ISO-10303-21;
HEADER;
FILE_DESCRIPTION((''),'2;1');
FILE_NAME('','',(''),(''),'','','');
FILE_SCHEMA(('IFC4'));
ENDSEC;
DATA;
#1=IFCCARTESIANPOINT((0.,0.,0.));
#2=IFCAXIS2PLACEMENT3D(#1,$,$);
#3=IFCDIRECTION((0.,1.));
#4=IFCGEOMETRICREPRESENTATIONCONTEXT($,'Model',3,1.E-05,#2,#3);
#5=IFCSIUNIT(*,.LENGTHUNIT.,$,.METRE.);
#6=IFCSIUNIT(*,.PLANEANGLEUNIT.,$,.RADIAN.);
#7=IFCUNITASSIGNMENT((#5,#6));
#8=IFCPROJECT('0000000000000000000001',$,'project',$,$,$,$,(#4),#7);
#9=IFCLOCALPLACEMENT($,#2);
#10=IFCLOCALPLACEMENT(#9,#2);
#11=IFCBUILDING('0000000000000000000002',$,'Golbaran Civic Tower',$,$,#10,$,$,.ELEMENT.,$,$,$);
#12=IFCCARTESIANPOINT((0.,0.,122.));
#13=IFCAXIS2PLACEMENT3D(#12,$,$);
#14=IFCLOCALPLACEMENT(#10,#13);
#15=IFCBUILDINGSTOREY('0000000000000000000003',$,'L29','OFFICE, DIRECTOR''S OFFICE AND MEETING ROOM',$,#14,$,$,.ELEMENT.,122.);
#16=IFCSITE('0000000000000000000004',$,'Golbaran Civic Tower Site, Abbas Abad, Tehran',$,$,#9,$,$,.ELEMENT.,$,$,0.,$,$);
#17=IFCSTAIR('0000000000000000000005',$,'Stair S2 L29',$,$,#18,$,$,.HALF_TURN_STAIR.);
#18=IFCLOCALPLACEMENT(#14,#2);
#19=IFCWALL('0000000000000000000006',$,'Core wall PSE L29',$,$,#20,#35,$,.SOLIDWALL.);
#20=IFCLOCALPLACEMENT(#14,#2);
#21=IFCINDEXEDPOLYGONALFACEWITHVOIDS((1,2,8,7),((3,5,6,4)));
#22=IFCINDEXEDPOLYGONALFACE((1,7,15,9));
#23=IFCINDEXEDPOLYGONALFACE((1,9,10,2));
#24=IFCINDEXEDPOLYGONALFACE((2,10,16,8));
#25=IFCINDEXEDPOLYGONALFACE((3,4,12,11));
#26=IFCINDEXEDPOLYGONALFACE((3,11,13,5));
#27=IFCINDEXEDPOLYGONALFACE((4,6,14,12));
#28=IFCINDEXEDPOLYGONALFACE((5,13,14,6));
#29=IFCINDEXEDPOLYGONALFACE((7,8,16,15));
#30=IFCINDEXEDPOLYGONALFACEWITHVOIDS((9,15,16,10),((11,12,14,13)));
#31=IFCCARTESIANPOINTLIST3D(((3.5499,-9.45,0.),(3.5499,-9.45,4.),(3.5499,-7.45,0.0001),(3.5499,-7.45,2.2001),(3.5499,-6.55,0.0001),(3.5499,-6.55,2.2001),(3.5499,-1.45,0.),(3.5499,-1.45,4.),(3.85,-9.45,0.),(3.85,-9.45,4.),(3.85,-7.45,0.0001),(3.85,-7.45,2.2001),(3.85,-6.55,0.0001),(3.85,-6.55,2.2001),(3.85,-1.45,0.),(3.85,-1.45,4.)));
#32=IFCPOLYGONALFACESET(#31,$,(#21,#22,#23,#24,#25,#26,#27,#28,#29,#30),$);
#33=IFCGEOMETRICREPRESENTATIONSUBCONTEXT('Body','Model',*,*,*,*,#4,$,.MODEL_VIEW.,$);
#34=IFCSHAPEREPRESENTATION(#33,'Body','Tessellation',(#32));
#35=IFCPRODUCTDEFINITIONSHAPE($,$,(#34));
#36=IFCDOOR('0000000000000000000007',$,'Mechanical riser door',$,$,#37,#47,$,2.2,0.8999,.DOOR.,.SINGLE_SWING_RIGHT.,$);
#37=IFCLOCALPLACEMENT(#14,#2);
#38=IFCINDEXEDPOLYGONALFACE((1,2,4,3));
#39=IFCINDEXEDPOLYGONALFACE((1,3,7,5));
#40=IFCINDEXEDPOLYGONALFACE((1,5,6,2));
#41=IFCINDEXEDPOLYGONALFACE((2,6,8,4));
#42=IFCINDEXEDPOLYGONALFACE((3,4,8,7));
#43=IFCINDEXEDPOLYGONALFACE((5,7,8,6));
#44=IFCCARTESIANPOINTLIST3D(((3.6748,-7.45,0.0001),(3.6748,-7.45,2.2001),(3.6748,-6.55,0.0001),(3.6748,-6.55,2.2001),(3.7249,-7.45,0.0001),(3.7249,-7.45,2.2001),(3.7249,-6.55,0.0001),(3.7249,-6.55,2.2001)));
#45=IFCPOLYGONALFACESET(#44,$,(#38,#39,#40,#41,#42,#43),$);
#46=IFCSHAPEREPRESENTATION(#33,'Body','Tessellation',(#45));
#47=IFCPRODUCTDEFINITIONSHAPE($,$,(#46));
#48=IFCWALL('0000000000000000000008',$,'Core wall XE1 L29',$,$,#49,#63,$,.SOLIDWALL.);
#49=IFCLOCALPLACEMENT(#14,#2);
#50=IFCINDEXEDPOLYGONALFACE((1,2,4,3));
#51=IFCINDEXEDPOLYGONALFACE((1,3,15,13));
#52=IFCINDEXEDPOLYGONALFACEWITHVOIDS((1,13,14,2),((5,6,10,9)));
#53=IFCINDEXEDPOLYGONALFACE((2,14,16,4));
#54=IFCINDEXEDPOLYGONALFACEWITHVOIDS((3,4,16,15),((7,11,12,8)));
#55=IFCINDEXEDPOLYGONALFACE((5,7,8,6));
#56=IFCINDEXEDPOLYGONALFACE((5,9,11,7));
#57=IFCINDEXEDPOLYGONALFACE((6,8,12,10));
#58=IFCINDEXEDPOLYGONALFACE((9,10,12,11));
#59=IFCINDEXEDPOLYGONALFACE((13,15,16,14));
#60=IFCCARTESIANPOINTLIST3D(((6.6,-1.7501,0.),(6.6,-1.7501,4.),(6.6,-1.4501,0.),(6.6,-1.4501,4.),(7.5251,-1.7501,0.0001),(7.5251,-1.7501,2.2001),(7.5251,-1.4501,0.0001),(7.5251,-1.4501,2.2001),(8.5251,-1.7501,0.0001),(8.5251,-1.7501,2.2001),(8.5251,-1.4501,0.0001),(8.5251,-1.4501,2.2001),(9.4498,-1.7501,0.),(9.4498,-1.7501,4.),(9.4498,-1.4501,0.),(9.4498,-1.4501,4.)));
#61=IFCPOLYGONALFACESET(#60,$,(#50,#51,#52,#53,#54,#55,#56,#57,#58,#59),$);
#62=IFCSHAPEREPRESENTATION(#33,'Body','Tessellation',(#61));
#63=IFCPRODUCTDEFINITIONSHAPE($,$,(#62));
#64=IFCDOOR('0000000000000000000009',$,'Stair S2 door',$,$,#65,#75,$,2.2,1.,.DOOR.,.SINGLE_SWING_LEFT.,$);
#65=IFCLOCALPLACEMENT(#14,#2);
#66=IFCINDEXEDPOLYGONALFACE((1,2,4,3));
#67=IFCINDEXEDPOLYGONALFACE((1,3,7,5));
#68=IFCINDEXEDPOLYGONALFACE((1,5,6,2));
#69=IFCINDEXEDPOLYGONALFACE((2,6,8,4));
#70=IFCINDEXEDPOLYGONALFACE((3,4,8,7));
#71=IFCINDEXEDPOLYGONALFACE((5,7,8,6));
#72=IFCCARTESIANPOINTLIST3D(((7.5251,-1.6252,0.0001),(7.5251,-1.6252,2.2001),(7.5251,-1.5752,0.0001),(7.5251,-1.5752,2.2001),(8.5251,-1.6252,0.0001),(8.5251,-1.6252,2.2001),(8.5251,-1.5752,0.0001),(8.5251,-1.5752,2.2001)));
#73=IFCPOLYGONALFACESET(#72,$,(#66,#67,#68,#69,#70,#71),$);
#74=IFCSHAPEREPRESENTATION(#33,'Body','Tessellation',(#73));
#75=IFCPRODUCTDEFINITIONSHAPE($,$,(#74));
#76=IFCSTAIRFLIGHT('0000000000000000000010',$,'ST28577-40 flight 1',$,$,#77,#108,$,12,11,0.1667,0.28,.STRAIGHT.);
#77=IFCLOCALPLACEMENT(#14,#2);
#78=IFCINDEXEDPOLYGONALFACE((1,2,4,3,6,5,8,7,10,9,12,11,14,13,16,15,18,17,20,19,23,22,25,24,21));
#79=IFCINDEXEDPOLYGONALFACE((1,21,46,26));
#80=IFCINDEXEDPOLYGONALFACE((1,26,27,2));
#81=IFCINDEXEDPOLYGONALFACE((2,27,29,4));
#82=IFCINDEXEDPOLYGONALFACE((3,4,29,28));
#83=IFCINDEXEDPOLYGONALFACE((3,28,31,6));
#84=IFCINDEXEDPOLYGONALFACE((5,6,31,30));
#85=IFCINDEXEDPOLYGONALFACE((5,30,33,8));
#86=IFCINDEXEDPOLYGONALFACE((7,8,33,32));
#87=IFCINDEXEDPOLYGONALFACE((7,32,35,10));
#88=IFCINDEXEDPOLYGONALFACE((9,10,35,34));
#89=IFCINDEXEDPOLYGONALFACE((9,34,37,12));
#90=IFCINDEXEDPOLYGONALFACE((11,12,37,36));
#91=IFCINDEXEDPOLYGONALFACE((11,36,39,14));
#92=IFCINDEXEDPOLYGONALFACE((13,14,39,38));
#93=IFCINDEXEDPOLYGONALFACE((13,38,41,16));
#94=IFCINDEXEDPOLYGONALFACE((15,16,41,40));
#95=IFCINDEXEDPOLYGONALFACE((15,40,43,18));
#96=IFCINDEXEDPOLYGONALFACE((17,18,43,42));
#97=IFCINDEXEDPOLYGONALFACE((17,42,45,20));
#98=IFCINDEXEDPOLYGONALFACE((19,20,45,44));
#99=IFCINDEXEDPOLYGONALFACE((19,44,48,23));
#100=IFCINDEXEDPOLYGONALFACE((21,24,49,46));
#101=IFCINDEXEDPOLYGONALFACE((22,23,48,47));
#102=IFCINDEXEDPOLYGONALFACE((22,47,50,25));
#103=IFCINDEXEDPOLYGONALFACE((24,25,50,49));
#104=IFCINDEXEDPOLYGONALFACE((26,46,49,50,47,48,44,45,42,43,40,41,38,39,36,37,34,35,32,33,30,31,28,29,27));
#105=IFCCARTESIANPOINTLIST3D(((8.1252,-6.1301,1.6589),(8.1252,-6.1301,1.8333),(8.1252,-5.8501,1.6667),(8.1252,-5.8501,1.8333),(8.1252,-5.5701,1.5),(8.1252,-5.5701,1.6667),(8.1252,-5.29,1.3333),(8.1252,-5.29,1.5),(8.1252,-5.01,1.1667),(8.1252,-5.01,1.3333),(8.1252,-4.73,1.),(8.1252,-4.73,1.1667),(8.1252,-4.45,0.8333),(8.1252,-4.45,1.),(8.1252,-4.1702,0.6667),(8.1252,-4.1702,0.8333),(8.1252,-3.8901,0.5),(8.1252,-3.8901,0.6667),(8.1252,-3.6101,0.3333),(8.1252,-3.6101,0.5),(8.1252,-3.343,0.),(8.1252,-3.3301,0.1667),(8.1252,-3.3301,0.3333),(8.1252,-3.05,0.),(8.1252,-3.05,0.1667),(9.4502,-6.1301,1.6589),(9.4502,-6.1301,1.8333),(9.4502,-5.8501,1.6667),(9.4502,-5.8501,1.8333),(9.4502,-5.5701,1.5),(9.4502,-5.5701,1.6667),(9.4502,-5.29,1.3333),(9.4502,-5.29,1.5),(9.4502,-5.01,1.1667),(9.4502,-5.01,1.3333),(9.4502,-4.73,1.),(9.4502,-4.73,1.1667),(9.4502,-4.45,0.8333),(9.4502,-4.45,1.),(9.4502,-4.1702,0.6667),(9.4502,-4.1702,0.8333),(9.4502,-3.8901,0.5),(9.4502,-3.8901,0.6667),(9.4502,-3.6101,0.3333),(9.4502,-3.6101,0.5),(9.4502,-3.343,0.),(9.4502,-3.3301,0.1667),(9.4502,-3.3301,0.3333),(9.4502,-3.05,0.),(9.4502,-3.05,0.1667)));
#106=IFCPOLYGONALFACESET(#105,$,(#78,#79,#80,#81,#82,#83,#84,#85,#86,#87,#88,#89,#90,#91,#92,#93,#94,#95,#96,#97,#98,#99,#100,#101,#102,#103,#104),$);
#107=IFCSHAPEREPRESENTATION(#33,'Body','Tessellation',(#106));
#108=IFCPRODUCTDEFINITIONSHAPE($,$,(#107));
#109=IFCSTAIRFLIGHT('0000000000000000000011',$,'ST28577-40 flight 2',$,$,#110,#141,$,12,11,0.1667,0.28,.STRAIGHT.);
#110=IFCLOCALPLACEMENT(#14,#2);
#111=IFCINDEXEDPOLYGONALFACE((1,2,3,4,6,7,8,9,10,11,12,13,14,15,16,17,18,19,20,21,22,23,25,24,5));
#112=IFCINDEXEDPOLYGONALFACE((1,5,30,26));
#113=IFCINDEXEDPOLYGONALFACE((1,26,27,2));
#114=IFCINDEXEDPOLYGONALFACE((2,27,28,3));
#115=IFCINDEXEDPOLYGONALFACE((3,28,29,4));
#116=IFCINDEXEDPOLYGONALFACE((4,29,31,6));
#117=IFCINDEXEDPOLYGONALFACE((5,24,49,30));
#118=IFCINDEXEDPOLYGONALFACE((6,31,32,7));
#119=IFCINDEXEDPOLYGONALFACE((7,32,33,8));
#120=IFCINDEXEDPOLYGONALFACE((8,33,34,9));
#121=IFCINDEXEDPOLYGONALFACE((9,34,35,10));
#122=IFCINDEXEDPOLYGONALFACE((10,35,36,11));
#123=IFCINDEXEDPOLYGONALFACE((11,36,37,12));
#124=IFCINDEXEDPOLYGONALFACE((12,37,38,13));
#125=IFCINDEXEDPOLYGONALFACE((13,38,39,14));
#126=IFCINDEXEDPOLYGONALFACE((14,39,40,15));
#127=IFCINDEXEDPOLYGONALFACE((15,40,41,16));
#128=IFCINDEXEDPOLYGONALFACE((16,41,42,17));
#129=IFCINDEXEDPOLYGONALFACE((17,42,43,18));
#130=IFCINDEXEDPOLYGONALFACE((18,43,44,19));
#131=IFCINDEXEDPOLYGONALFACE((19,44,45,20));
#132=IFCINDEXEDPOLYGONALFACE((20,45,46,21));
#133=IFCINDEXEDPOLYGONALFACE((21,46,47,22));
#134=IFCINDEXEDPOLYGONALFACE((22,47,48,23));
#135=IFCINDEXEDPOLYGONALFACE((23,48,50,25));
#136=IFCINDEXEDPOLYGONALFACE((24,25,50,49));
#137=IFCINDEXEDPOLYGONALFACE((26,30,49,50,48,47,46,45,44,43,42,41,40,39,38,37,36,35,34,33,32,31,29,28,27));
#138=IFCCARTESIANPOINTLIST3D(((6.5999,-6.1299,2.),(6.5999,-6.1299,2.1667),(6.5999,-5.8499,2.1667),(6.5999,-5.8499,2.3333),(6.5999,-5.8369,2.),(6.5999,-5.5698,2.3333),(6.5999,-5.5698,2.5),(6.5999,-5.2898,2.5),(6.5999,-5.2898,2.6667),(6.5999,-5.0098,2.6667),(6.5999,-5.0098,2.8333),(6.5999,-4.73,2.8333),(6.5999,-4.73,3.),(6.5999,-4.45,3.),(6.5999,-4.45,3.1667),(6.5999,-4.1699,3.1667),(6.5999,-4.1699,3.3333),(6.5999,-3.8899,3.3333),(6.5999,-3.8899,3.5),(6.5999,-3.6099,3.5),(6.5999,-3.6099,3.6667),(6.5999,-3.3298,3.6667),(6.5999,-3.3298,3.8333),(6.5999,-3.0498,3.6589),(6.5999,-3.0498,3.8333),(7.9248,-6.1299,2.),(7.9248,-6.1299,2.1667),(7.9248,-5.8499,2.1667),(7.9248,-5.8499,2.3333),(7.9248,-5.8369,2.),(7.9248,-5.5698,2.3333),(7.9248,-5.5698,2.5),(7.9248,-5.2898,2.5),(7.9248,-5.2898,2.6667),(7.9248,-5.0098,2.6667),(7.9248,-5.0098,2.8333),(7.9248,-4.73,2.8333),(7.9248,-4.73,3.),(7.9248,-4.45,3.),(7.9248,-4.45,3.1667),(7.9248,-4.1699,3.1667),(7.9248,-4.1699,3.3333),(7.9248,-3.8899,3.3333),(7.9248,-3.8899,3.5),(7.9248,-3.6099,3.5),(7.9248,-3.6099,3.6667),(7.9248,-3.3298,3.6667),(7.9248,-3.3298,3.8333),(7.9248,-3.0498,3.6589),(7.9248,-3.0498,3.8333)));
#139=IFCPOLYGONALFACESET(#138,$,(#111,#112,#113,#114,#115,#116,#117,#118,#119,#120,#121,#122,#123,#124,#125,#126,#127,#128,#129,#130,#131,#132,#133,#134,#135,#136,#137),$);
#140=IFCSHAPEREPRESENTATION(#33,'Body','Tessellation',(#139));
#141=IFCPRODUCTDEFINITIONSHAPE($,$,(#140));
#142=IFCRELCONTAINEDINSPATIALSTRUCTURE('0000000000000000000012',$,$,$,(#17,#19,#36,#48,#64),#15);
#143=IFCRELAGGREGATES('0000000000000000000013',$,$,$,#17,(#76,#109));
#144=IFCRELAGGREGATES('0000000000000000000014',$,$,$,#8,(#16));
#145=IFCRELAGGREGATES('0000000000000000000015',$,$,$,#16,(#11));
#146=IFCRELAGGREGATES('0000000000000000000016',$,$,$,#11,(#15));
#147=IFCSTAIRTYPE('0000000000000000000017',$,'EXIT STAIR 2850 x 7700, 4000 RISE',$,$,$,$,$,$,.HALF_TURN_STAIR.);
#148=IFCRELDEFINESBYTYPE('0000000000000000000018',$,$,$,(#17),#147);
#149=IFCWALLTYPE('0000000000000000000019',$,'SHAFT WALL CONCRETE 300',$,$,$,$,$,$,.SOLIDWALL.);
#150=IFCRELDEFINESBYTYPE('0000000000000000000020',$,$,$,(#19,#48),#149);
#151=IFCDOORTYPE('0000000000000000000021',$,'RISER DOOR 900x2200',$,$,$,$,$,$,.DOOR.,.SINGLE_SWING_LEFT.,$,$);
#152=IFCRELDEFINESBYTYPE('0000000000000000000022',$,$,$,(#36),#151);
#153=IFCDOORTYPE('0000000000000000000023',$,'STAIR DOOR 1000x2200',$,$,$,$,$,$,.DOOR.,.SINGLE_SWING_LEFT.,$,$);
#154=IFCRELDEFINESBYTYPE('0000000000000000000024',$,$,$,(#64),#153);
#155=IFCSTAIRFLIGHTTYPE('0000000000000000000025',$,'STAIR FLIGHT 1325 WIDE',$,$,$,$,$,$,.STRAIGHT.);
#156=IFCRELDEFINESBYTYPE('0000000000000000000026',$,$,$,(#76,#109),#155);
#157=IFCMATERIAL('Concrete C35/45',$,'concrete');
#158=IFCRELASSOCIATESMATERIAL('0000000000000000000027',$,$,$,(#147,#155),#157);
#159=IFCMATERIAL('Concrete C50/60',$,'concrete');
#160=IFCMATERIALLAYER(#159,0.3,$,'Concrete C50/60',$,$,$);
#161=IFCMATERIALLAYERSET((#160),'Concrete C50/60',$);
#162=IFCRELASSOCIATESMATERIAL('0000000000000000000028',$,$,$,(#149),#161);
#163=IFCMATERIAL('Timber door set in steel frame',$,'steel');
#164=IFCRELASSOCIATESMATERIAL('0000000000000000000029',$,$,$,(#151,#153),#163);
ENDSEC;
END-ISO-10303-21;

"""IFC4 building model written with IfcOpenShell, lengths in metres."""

from ifc_helpers import new_model, si_unit, direction, frame, frame_2d, origin, place, context, subcontext, project, spatial, polyline, rectangle, outline, extrude, material, layer, layer_set, type_object, element, fill, aggregate, save


model = new_model("IFC4")

# Units and contexts
model_context = context("Model", 3, precision=1e-05, world=origin(), true_north=direction((0.0, 1.0)))
body_context = subcontext(model_context, "Body", "Model", "MODEL_VIEW")
ifc_project = project(units=[si_unit("LENGTHUNIT", "METRE"), si_unit("PLANEANGLEUNIT", "RADIAN")], contexts=[model_context])

# Site, building, storey
site_placement = place(None, origin())
site = spatial("IfcSite", under=ifc_project, at=site_placement, Name="Golbaran Civic Tower Site, Abbas Abad, Tehran", CompositionType="ELEMENT", RefElevation=0.0)
building_placement = place(site_placement, origin())
building = spatial("IfcBuilding", under=site, at=building_placement, Name="Golbaran Civic Tower", CompositionType="ELEMENT")
storey_placement = place(building_placement, frame((0.0, 0.0, 122.0)))
storey = spatial("IfcBuildingStorey", under=building, at=storey_placement, Name="L29", Description="OFFICE, DIRECTOR'S OFFICE AND MEETING ROOM", CompositionType="ELEMENT", Elevation=122.0)

# Stair
ifc_material_1 = material(Name="Concrete C35/45", Category="concrete")
stair_type = type_object("IfcStairType", Name="EXIT STAIR 2850 x 7700, 4000 RISE", PredefinedType="HALF_TURN_STAIR", material=ifc_material_1)
stair_placement = place(storey_placement, origin())
stair = element("IfcStair", 1, at=stair_placement, inside=storey, type_object=stair_type, Name="Stair S2 L29", PredefinedType="HALF_TURN_STAIR")

# Shared definitions
ifc_material_2 = material(Name="Concrete C50/60", Category="concrete")

# Shared definitions
ifc_material_3 = material(Name="Timber door set in steel frame", Category="steel")

# Shared definitions
ifc_layer_1 = layer(ifc_material_2, 0.3, Name="Concrete C50/60")
ifc_layer_set_1 = layer_set([ifc_layer_1], Name="Concrete C50/60")
wall_type_1 = type_object("IfcWallType", Name="SHAFT WALL CONCRETE 300", PredefinedType="SOLIDWALL", material=ifc_layer_set_1)

# Shared definitions
door_type_1 = type_object("IfcDoorType", Name="RISER DOOR 900x2200", OperationType="SINGLE_SWING_LEFT", PredefinedType="DOOR", material=ifc_material_3)
door_type_2 = type_object("IfcDoorType", Name="STAIR DOOR 1000x2200", OperationType="SINGLE_SWING_LEFT", PredefinedType="DOOR", material=ifc_material_3)

# Walls, openings, doors
wall_1_placement = place(storey_placement, frame((3.7, -1.45, 0.0), z_axis=(0.0, 0.0, 1.0), x_axis=(0.0, -1.0, 0.0)))
wall_1 = element("IfcWall", 2, at=wall_1_placement, inside=storey, type_object=wall_type_1, Name="Core wall PSE L29", PredefinedType="SOLIDWALL", context=body_context, shape_type="SweptSolid", body=[
    extrude(rectangle(XDim=8.0, YDim=0.3, at=frame_2d((4.0, 0.0))), origin(), (0.0, 0.0, 1.0), 4.0),
])
opening_1_placement = place(wall_1_placement, frame((5.1001, 0.0, 0.0)))
opening_1 = element("IfcOpeningElement", 3, at=opening_1_placement, cuts=wall_1, PredefinedType="OPENING", context=body_context, shape_type="SweptSolid", body=[
    extrude(rectangle(XDim=0.8999, YDim=2.2, at=frame_2d((0.45, 1.1001))), frame((0.0, 0.1599, 0.0), z_axis=(0.0, -1.0, 0.0), x_axis=(1.0, 0.0, 0.0)), (0.0, 0.0, 1.0), 0.3201),
])
door_1_placement = place(opening_1_placement, origin())
door_1 = element("IfcDoor", 4, at=door_1_placement, inside=storey, type_object=door_type_1, Name="Mechanical riser door", OperationType="SINGLE_SWING_RIGHT", OverallHeight=2.2, OverallWidth=0.8999, PredefinedType="DOOR", context=body_context, shape_type="SweptSolid", body=[
    extrude(rectangle(XDim=0.8999, YDim=2.2, at=frame_2d((0.45, 1.1001))), frame((0.0, 0.0249, 0.0), z_axis=(0.0, -1.0, 0.0), x_axis=(1.0, 0.0, 0.0)), (0.0, 0.0, 1.0), 0.05),
])
fill(opening_1, door_1)
wall_2_placement = place(storey_placement, frame((6.6001, -1.6001, 0.0), z_axis=(0.0, 0.0, 1.0), x_axis=(1.0, 0.0, 0.0)))
wall_2 = element("IfcWall", 5, at=wall_2_placement, inside=storey, type_object=wall_type_1, Name="Core wall XE1 L29", PredefinedType="SOLIDWALL", context=body_context, shape_type="SweptSolid", body=[
    extrude(rectangle(XDim=2.8499, YDim=0.3, at=frame_2d((1.4248, 0.0))), origin(), (0.0, 0.0, 1.0), 4.0),
])
opening_2_placement = place(wall_2_placement, frame((0.925, 0.0, 0.0)))
opening_2 = element("IfcOpeningElement", 6, at=opening_2_placement, cuts=wall_2, PredefinedType="OPENING", context=body_context, shape_type="SweptSolid", body=[
    extrude(rectangle(XDim=1.0, YDim=2.2, at=frame_2d((0.5, 1.1001))), frame((0.0, 0.1599, 0.0), z_axis=(0.0, -1.0, 0.0), x_axis=(1.0, 0.0, 0.0)), (0.0, 0.0, 1.0), 0.3201),
])
door_2_placement = place(opening_2_placement, origin())
door_2 = element("IfcDoor", 7, at=door_2_placement, inside=storey, type_object=door_type_2, Name="Stair S2 door", OperationType="SINGLE_SWING_LEFT", OverallHeight=2.2, OverallWidth=1.0, PredefinedType="DOOR", context=body_context, shape_type="SweptSolid", body=[
    extrude(rectangle(XDim=1.0, YDim=2.2, at=frame_2d((0.5, 1.1001))), frame((0.0, 0.0249, 0.0), z_axis=(0.0, -1.0, 0.0), x_axis=(1.0, 0.0, 0.0)), (0.0, 0.0, 1.0), 0.05),
])
fill(opening_2, door_2)

# Stair flights
stair_flight_type = type_object("IfcStairFlightType", Name="STAIR FLIGHT 1325 WIDE", PredefinedType="STRAIGHT", material=ifc_material_1)
stair_flight_1_placement = place(storey_placement, frame((8.7876, -3.05, 0.0), z_axis=(0.0, 0.0, 1.0), x_axis=(0.0, -1.0, 0.0)))
stair_flight_1 = element("IfcStairFlight", 8, at=stair_flight_1_placement, type_object=stair_flight_type, Name="ST28577-40 flight 1", NumberOfRisers=12, NumberOfTreads=11, PredefinedType="STRAIGHT", RiserHeight=0.1667, TreadLength=0.28, context=body_context, shape_type="SweptSolid", body=[
    extrude(outline(polyline([(0.0, 0.0), (0.0, 0.1667), (0.28, 0.1667), (0.28, 0.3333), (0.5601, 0.3333), (0.5601, 0.5), (0.8401, 0.5), (0.8401, 0.6667), (1.1201, 0.6667), (1.1201, 0.8333), (1.3999, 0.8333), (1.3999, 1.0), (1.6799, 1.0), (1.6799, 1.1667), (1.96, 1.1667), (1.96, 1.3333), (2.24, 1.3333), (2.24, 1.5), (2.52, 1.5), (2.52, 1.6667), (2.8, 1.6667), (2.8, 1.8333), (3.0801, 1.8333), (3.0801, 2.0), (3.0801, 1.6589), (0.293, 0.0), (0.0, 0.0)])), frame((0.0, 0.6626, 0.0), z_axis=(0.0, -1.0, 0.0), x_axis=(1.0, 0.0, 0.0)), (0.0, 0.0, 1.0), 1.325),
])
stair_flight_2_placement = place(storey_placement, frame((7.2625, -6.1299, 2.0), z_axis=(0.0, 0.0, 1.0), x_axis=(0.0, 1.0, 0.0)))
stair_flight_2 = element("IfcStairFlight", 9, at=stair_flight_2_placement, type_object=stair_flight_type, Name="ST28577-40 flight 2", NumberOfRisers=12, NumberOfTreads=11, PredefinedType="STRAIGHT", RiserHeight=0.1667, TreadLength=0.28, context=body_context, shape_type="SweptSolid", body=[
    extrude(outline(polyline([(0.0, 0.0), (0.0, 0.1667), (0.28, 0.1667), (0.28, 0.3333), (0.5601, 0.3333), (0.5601, 0.5), (0.8401, 0.5), (0.8401, 0.6667), (1.1201, 0.6667), (1.1201, 0.8333), (1.3999, 0.8333), (1.3999, 1.0), (1.6799, 1.0), (1.6799, 1.1667), (1.96, 1.1667), (1.96, 1.3333), (2.24, 1.3333), (2.24, 1.5), (2.52, 1.5), (2.52, 1.6667), (2.8, 1.6667), (2.8, 1.8333), (3.0801, 1.8333), (3.0801, 2.0), (3.0801, 1.6589), (0.293, 0.0), (0.0, 0.0)])), frame((0.0, 0.6626, 0.0), z_axis=(0.0, -1.0, 0.0), x_axis=(1.0, 0.0, 0.0)), (0.0, 0.0, 1.0), 1.325),
])
aggregate(stair, [stair_flight_1, stair_flight_2])

save(model, "model.ifc")
